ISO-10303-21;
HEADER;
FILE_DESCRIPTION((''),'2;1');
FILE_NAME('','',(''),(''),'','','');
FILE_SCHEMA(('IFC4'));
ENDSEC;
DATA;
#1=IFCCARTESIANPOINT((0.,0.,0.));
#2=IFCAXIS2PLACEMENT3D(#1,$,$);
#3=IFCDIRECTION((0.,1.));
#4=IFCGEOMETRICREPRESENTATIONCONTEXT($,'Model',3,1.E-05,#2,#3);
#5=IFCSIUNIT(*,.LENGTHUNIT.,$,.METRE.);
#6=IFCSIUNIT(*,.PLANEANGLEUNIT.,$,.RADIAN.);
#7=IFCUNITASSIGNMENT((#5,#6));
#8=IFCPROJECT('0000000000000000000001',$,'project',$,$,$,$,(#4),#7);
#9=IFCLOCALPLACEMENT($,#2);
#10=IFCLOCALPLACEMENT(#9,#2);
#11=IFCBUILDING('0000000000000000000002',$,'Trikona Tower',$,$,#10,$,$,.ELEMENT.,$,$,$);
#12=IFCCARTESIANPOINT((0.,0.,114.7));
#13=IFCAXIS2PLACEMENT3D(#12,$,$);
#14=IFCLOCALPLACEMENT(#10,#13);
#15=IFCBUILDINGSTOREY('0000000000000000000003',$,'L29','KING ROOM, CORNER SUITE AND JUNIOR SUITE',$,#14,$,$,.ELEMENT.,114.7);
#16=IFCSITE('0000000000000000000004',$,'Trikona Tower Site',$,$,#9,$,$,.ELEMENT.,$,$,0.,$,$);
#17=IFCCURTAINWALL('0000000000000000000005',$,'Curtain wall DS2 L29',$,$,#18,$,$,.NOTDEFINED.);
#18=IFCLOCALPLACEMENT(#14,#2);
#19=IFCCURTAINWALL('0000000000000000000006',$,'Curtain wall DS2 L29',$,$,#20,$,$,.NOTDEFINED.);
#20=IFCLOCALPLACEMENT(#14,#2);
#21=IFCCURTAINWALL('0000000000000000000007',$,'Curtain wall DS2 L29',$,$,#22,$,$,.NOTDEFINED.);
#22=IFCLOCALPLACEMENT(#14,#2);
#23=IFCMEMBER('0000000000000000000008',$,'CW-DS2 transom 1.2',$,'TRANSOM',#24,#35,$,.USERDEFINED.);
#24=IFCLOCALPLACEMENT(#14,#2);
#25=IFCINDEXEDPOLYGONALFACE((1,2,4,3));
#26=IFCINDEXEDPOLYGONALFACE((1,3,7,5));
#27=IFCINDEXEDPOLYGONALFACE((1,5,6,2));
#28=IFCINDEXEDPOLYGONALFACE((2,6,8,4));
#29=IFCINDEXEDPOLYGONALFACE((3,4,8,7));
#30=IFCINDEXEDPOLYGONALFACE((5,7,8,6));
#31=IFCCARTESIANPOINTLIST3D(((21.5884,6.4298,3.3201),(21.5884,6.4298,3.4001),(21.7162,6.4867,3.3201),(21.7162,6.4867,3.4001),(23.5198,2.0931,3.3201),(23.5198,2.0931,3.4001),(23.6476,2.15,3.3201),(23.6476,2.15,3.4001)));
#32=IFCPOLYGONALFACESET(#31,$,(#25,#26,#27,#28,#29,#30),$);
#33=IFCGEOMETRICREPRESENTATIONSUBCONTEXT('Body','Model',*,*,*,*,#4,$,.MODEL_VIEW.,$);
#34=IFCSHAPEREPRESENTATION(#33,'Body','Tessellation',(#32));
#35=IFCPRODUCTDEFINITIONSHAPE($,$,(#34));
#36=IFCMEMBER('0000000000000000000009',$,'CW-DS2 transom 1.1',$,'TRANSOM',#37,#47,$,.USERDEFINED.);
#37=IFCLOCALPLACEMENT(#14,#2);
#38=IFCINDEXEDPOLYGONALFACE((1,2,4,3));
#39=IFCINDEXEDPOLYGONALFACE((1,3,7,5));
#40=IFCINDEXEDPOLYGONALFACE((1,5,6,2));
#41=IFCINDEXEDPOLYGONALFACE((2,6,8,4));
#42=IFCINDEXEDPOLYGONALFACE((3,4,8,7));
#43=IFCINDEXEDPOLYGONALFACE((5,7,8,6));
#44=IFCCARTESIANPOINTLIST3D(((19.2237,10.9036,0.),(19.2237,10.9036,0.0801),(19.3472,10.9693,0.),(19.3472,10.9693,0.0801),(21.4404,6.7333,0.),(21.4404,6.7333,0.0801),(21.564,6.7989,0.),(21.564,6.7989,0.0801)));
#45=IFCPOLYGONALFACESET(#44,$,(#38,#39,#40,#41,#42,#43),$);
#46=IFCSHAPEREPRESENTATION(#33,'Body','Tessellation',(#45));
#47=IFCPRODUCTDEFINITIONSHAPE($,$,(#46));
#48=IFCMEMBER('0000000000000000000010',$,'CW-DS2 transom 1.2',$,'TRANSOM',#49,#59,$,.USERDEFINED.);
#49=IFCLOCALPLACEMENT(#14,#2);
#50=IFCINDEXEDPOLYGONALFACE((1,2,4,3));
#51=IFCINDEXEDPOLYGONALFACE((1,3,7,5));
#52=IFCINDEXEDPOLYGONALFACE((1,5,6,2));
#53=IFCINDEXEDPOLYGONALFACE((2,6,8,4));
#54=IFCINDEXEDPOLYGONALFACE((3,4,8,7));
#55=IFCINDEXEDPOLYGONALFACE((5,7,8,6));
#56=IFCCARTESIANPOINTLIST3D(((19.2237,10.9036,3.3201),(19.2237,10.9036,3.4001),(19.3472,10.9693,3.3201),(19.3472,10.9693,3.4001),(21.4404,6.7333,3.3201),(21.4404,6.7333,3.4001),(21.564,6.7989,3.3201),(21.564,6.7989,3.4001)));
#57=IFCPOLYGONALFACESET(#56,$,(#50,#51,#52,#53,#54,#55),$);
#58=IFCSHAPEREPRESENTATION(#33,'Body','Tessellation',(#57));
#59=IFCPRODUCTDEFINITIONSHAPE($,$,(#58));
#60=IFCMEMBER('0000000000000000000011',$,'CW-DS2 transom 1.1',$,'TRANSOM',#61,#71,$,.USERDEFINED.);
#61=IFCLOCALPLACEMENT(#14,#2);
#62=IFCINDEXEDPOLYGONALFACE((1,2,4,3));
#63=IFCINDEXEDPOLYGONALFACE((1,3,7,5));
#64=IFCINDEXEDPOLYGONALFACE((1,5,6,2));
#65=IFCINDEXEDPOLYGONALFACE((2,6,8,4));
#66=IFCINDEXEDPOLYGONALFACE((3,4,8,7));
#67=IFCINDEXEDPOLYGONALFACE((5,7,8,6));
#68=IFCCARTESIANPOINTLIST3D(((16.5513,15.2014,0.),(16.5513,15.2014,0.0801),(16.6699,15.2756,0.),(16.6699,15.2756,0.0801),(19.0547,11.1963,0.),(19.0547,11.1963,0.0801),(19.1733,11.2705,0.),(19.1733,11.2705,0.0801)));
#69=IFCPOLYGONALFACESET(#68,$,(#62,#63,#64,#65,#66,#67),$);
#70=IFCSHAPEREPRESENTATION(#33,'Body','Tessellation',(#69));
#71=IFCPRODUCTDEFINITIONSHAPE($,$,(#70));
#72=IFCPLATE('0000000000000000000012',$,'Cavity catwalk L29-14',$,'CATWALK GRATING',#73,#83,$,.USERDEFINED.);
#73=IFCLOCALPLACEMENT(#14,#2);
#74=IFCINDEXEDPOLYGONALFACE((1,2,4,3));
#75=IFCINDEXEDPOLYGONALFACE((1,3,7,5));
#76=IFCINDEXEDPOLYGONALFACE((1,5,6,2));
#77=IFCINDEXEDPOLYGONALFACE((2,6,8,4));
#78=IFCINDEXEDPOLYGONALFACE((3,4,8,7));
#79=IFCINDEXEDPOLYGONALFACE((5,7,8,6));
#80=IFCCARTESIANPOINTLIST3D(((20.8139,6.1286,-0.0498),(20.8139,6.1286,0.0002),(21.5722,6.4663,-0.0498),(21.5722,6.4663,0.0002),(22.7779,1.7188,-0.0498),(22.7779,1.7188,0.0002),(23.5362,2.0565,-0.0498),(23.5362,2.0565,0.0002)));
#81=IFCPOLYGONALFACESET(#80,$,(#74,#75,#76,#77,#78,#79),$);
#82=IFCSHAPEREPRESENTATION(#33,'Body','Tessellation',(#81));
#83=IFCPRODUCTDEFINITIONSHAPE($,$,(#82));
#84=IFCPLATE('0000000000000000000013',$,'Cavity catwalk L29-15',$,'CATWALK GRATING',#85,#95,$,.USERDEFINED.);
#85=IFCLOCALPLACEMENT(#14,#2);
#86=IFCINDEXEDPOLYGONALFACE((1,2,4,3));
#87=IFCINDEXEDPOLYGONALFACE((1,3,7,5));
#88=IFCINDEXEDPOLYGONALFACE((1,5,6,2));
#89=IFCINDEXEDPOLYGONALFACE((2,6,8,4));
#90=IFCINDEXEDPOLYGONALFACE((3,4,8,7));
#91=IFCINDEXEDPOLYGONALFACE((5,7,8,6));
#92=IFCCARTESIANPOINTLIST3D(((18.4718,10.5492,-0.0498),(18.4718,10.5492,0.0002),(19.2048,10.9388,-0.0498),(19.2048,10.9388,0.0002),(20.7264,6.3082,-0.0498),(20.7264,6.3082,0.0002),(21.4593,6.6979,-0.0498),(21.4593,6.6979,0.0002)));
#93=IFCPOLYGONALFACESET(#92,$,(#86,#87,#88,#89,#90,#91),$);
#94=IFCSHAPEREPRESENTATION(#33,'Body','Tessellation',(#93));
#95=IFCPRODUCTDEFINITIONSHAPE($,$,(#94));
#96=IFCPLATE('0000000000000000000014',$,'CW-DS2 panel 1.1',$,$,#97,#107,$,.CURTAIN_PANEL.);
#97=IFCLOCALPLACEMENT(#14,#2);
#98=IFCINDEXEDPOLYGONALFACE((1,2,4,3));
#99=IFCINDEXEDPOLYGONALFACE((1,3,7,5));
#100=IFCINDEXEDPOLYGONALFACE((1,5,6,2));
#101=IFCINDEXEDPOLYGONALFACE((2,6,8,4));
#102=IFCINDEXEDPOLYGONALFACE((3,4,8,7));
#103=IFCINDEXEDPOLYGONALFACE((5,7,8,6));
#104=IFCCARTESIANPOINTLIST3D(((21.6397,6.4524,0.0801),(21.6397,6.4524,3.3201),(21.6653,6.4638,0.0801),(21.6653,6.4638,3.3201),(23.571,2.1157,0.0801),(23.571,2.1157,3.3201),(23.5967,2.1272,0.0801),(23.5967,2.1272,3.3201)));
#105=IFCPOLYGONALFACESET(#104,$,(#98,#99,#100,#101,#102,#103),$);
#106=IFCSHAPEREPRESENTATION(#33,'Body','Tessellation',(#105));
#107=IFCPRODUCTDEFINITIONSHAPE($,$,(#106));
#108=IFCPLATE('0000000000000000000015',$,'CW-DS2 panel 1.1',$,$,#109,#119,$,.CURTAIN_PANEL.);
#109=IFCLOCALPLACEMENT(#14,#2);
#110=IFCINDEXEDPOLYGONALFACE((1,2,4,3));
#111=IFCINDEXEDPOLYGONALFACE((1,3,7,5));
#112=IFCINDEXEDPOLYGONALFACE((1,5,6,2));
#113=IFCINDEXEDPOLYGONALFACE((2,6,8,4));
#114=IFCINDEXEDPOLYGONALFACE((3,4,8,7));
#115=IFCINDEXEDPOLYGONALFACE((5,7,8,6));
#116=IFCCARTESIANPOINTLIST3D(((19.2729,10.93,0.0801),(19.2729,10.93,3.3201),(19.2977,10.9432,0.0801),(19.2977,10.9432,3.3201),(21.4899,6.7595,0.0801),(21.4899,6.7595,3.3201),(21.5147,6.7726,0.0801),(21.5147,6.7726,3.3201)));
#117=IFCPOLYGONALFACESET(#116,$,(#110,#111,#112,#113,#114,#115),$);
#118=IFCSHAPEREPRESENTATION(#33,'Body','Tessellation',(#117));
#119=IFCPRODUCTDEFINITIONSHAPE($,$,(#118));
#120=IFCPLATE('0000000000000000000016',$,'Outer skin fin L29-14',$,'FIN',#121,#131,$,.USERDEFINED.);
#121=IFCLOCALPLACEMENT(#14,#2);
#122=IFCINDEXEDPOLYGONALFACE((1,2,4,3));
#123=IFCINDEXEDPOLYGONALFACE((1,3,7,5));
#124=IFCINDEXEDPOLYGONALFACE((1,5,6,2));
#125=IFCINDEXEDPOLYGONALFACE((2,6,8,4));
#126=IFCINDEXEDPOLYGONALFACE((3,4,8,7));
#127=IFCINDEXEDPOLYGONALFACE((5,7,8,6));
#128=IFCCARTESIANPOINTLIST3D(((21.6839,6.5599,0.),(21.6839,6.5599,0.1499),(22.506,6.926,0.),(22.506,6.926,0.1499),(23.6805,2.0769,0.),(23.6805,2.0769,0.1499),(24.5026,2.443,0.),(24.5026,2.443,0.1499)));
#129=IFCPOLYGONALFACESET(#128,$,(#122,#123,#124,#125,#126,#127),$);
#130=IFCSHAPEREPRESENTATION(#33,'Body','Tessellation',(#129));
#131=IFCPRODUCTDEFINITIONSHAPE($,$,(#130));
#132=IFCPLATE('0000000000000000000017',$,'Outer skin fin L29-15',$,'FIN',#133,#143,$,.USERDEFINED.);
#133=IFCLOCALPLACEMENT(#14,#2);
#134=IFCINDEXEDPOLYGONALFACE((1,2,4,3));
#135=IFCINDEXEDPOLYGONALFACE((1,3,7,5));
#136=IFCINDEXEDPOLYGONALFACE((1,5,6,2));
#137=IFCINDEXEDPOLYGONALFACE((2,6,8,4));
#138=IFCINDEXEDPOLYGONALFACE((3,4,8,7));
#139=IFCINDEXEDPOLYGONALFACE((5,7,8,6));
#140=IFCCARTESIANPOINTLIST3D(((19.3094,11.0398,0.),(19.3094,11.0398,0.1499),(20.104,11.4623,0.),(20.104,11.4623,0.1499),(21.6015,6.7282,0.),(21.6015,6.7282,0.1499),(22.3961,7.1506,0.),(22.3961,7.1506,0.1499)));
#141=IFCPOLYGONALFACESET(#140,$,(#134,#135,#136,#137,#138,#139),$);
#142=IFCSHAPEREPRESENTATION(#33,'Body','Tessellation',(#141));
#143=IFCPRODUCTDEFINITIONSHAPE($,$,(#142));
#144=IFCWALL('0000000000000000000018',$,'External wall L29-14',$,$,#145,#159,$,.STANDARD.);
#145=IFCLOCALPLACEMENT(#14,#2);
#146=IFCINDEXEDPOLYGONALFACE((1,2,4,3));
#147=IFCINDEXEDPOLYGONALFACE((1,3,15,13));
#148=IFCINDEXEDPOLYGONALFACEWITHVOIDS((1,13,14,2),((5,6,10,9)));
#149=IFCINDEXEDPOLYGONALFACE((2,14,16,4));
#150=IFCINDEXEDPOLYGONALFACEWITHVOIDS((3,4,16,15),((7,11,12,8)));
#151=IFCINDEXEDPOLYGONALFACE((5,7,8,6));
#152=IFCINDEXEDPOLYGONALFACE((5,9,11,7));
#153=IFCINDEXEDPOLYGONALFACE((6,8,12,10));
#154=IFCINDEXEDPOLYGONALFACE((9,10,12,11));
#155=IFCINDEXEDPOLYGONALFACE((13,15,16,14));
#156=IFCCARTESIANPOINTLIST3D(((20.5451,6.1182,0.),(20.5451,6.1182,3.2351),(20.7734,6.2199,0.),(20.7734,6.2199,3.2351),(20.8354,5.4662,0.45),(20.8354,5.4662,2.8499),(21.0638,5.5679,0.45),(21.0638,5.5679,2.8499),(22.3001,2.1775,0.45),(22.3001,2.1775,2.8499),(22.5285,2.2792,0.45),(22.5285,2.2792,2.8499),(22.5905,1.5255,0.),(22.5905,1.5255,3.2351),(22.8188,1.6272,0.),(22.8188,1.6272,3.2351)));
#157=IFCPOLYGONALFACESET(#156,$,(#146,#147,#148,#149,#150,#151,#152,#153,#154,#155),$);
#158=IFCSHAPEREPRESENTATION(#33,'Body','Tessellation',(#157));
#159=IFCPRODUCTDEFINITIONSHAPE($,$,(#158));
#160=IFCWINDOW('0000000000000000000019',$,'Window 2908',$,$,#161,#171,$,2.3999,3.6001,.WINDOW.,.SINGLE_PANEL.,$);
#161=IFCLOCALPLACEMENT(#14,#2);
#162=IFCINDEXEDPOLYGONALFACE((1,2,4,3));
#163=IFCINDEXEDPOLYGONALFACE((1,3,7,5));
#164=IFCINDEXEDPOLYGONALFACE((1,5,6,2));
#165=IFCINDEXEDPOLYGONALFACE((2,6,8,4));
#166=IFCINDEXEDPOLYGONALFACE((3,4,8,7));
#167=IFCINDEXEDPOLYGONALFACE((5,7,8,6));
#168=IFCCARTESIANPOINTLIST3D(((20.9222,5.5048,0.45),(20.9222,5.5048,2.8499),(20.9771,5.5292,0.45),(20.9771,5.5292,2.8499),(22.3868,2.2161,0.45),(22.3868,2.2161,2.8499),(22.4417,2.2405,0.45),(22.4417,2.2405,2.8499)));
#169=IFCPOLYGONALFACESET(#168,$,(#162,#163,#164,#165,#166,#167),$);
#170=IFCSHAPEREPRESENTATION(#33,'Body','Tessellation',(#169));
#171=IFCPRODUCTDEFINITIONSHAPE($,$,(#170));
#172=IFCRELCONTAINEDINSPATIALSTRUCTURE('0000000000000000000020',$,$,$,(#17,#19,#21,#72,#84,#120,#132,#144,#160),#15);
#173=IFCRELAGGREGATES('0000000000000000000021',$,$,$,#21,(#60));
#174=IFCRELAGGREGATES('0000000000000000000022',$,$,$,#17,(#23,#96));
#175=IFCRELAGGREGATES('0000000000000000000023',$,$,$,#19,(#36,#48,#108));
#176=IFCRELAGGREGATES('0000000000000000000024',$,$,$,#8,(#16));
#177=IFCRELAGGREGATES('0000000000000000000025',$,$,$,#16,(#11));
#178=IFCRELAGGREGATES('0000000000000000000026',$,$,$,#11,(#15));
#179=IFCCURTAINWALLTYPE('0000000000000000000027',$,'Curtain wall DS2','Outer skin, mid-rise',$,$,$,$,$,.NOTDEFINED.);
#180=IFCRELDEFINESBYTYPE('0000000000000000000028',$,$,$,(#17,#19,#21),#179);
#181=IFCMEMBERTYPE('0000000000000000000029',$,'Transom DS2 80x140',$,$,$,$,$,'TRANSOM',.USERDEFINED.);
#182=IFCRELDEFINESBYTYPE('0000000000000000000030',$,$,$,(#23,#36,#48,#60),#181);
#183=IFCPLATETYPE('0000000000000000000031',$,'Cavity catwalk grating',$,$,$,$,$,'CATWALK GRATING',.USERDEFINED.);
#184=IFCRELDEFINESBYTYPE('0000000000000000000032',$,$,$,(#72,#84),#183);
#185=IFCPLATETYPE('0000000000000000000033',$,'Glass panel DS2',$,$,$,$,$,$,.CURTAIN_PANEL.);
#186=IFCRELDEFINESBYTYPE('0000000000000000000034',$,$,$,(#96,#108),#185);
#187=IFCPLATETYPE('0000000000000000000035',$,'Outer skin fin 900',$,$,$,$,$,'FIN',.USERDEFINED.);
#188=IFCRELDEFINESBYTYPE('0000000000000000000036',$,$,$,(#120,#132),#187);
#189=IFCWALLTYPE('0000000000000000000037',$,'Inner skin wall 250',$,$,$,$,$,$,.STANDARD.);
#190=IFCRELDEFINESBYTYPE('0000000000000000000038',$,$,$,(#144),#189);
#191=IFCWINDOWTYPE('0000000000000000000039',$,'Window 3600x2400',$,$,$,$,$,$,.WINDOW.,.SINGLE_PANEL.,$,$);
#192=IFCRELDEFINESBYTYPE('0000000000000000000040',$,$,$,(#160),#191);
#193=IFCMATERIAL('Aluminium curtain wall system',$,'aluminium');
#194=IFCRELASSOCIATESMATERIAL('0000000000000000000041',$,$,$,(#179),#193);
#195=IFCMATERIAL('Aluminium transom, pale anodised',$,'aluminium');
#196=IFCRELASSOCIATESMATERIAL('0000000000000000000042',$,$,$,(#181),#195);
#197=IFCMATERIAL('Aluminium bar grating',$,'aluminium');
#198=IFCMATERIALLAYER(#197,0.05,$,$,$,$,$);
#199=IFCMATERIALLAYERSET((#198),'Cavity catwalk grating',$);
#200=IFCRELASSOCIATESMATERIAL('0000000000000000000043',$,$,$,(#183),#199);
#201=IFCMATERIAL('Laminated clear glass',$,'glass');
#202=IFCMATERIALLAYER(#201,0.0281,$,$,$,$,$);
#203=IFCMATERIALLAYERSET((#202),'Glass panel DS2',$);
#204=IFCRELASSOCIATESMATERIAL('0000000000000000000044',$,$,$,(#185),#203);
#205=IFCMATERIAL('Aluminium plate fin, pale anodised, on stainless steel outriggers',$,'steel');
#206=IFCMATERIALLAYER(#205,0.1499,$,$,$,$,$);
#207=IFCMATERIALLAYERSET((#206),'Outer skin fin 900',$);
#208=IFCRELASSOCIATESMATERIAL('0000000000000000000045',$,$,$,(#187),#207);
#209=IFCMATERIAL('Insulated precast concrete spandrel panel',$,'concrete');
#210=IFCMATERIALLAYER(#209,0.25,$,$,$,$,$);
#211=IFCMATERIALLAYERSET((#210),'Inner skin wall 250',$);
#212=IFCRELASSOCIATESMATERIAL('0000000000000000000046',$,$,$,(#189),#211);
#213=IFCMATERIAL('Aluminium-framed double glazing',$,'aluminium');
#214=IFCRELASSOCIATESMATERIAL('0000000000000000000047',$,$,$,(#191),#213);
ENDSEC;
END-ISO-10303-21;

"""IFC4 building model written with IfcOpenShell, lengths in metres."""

from ifc_helpers import new_model, si_unit, direction, frame, frame_2d, origin, origin_2d, place, context, subcontext, project, spatial, rectangle, extrude, material, layer, layer_set, material_profile, profile_set, type_object, element, fill, aggregate, save


model = new_model("IFC4")

# Units and contexts
model_context = context("Model", 3, precision=1e-05, world=origin(), true_north=direction((0.0, 1.0)))
body_context = subcontext(model_context, "Body", "Model", "MODEL_VIEW")
ifc_project = project(units=[si_unit("LENGTHUNIT", "METRE"), si_unit("PLANEANGLEUNIT", "RADIAN")], contexts=[model_context])

# Site, building, storey
site_placement = place(None, origin())
site = spatial("IfcSite", under=ifc_project, at=site_placement, Name="Trikona Tower Site", CompositionType="ELEMENT", RefElevation=0.0)
building_placement = place(site_placement, origin())
building = spatial("IfcBuilding", under=site, at=building_placement, Name="Trikona Tower", CompositionType="ELEMENT")
storey_placement = place(building_placement, frame((0.0, 0.0, 114.7)))
storey = spatial("IfcBuildingStorey", under=building, at=storey_placement, Name="L29", Description="KING ROOM, CORNER SUITE AND JUNIOR SUITE", CompositionType="ELEMENT", Elevation=114.7)

# Shared definitions
ifc_material_1 = material(Name="Aluminium curtain wall system", Category="aluminium")
curtain_wall_type = type_object("IfcCurtainWallType", Name="Curtain wall DS2", Description="Outer skin, mid-rise", PredefinedType="NOTDEFINED", material=ifc_material_1)

# Curtain walls
curtain_wall_1_placement = place(storey_placement, origin())
curtain_wall_1 = element("IfcCurtainWall", 1, at=curtain_wall_1_placement, inside=storey, type_object=curtain_wall_type, Name="Curtain wall DS2 L29", PredefinedType="NOTDEFINED")
curtain_wall_2_placement = place(storey_placement, origin())
curtain_wall_2 = element("IfcCurtainWall", 2, at=curtain_wall_2_placement, inside=storey, type_object=curtain_wall_type, Name="Curtain wall DS2 L29", PredefinedType="NOTDEFINED")

# Curtain wall
curtain_wall_3_placement = place(storey_placement, origin())
curtain_wall_3 = element("IfcCurtainWall", 3, at=curtain_wall_3_placement, inside=storey, type_object=curtain_wall_type, Name="Curtain wall DS2 L29", PredefinedType="NOTDEFINED")

# Members
ifc_material_2 = material(Name="Aluminium transom, pale anodised", Category="aluminium")
ifc_material_profile_1 = material_profile(ifc_material_2, rectangle(XDim=0.1399, YDim=0.0801, at=origin_2d()), Name="TRN-DS2")
ifc_profile_set_1 = profile_set([ifc_material_profile_1], Name="Aluminium transom, pale anodised")
member_type_1 = type_object("IfcMemberType", Name="Transom DS2 80x140", ElementType="TRANSOM", PredefinedType="USERDEFINED", material=ifc_profile_set_1)
member_1_placement = place(storey_placement, frame((23.5837, 2.1216, 3.3601), z_axis=(-0.40684, 0.9135, 0.0), x_axis=(-0.9135, -0.40684, 0.0)))
member_1 = element("IfcMember", 4, at=member_1_placement, type_object=member_type_1, Name="CW-DS2 transom 1.2", ObjectType="TRANSOM", PredefinedType="USERDEFINED", context=body_context, shape_type="SweptSolid", body=[
    extrude(rectangle(XDim=0.1399, YDim=0.0801, at=origin_2d()), origin(), (0.0, 0.0, 1.0), 4.7473),
])
member_2_placement = place(storey_placement, frame((21.5022, 6.7661, 0.04), z_axis=(-0.469364, 0.883005, 0.0), x_axis=(-0.883005, -0.469364, 0.0)))
member_2 = element("IfcMember", 5, at=member_2_placement, type_object=member_type_1, Name="CW-DS2 transom 1.1", ObjectType="TRANSOM", PredefinedType="USERDEFINED", context=body_context, shape_type="SweptSolid", body=[
    extrude(rectangle(XDim=0.1399, YDim=0.0801, at=origin_2d()), origin(), (0.0, 0.0, 1.0), 4.7229),
])
member_3_placement = place(storey_placement, frame((21.5022, 6.7661, 3.3601), z_axis=(-0.469364, 0.883005, 0.0), x_axis=(-0.883005, -0.469364, 0.0)))
member_3 = element("IfcMember", 6, at=member_3_placement, type_object=member_type_1, Name="CW-DS2 transom 1.2", ObjectType="TRANSOM", PredefinedType="USERDEFINED", context=body_context, shape_type="SweptSolid", body=[
    extrude(rectangle(XDim=0.1399, YDim=0.0801, at=origin_2d()), origin(), (0.0, 0.0, 1.0), 4.7229),
])
member_4_placement = place(storey_placement, frame((19.114, 11.2334, 0.04), z_axis=(-0.530031, 0.847978, 0.0), x_axis=(-0.847978, -0.530031, 0.0)))
member_4 = element("IfcMember", 7, at=member_4_placement, type_object=member_type_1, Name="CW-DS2 transom 1.1", ObjectType="TRANSOM", PredefinedType="USERDEFINED", context=body_context, shape_type="SweptSolid", body=[
    extrude(rectangle(XDim=0.1399, YDim=0.0801, at=origin_2d()), origin(), (0.0, 0.0, 1.0), 4.7231),
])
aggregate(curtain_wall_3, [member_4])

# Plates
ifc_material_3 = material(Name="Aluminium bar grating", Category="aluminium")
ifc_layer_1 = layer(ifc_material_3, 0.05)
ifc_layer_set_1 = layer_set([ifc_layer_1], Name="Cavity catwalk grating")
plate_type_1 = type_object("IfcPlateType", Name="Cavity catwalk grating", ElementType="CATWALK GRATING", PredefinedType="USERDEFINED", material=ifc_layer_set_1)
plate_1_placement = place(storey_placement, frame((22.175, 4.0925, -0.0498), z_axis=(0.0, 0.0, 1.0), x_axis=(-0.406843, 0.913498, 0.0)))
element("IfcPlate", 8, at=plate_1_placement, inside=storey, type_object=plate_type_1, Name="Cavity catwalk L29-14", ObjectType="CATWALK GRATING", PredefinedType="USERDEFINED", context=body_context, shape_type="SweptSolid", body=[
    extrude(rectangle(XDim=4.8274, YDim=0.8301, at=origin_2d()), origin(), (0.0, 0.0, 1.0), 0.05),
])
plate_2_placement = place(storey_placement, frame((19.9656, 8.6235, -0.0498), z_axis=(0.0, 0.0, 1.0), x_axis=(-0.469398, 0.882987, 0.0)))
element("IfcPlate", 9, at=plate_2_placement, inside=storey, type_object=plate_type_1, Name="Cavity catwalk L29-15", ObjectType="CATWALK GRATING", PredefinedType="USERDEFINED", context=body_context, shape_type="SweptSolid", body=[
    extrude(rectangle(XDim=4.803, YDim=0.8301, at=origin_2d()), origin(), (0.0, 0.0, 1.0), 0.05),
])

# Plates
ifc_material_4 = material(Name="Laminated clear glass", Category="glass")
ifc_layer_2 = layer(ifc_material_4, 0.0281)
ifc_layer_set_2 = layer_set([ifc_layer_2], Name="Glass panel DS2")
plate_type_2 = type_object("IfcPlateType", Name="Glass panel DS2", PredefinedType="CURTAIN_PANEL", material=ifc_layer_set_2)
plate_3_placement = place(storey_placement, frame((22.6182, 4.2898, 0.0801), z_axis=(0.0, 0.0, 1.0), x_axis=(-0.406836, 0.913501, 0.0)))
plate_3 = element("IfcPlate", 10, at=plate_3_placement, type_object=plate_type_2, Name="CW-DS2 panel 1.1", PredefinedType="CURTAIN_PANEL", context=body_context, shape_type="SweptSolid", body=[
    extrude(rectangle(XDim=4.7473, YDim=0.0281, at=origin_2d()), origin(), (0.0, 0.0, 1.0), 3.24),
])
aggregate(curtain_wall_1, [member_1, plate_3])
plate_4_placement = place(storey_placement, frame((20.3938, 8.8513, 0.0801), z_axis=(0.0, 0.0, 1.0), x_axis=(-0.46938, 0.882996, 0.0)))
plate_4 = element("IfcPlate", 11, at=plate_4_placement, type_object=plate_type_2, Name="CW-DS2 panel 1.1", PredefinedType="CURTAIN_PANEL", context=body_context, shape_type="SweptSolid", body=[
    extrude(rectangle(XDim=4.7231, YDim=0.0281, at=origin_2d()), origin(), (0.0, 0.0, 1.0), 3.24),
])
aggregate(curtain_wall_2, [member_2, member_3, plate_4])

# Plates
ifc_material_5 = material(Name="Aluminium plate fin, pale anodised, on stainless steel outriggers", Category="steel")
ifc_layer_3 = layer(ifc_material_5, 0.1499)
ifc_layer_set_3 = layer_set([ifc_layer_3], Name="Outer skin fin 900")
plate_type_3 = type_object("IfcPlateType", Name="Outer skin fin 900", ElementType="FIN", PredefinedType="USERDEFINED", material=ifc_layer_set_3)
plate_5_placement = place(storey_placement, frame((23.0933, 4.5015, 0.0), z_axis=(0.0, 0.0, 1.0), x_axis=(-0.406843, 0.913498, 0.0)))
element("IfcPlate", 12, at=plate_5_placement, inside=storey, type_object=plate_type_3, Name="Outer skin fin L29-14", ObjectType="FIN", PredefinedType="USERDEFINED", context=body_context, shape_type="SweptSolid", body=[
    extrude(rectangle(XDim=4.9075, YDim=0.8999, at=origin_2d()), origin(), (0.0, 0.0, 1.0), 0.1499),
])
plate_6_placement = place(storey_placement, frame((20.8528, 9.0952, 0.0), z_axis=(0.0, 0.0, 1.0), x_axis=(-0.469398, 0.882987, 0.0)))
element("IfcPlate", 13, at=plate_6_placement, inside=storey, type_object=plate_type_3, Name="Outer skin fin L29-15", ObjectType="FIN", PredefinedType="USERDEFINED", context=body_context, shape_type="SweptSolid", body=[
    extrude(rectangle(XDim=4.8831, YDim=0.8999, at=origin_2d()), origin(), (0.0, 0.0, 1.0), 0.1499),
])

# Wall, opening, window
ifc_material_6 = material(Name="Insulated precast concrete spandrel panel", Category="concrete")
ifc_layer_4 = layer(ifc_material_6, 0.25)
ifc_layer_set_4 = layer_set([ifc_layer_4], Name="Inner skin wall 250")
wall_type = type_object("IfcWallType", Name="Inner skin wall 250", PredefinedType="STANDARD", material=ifc_layer_set_4)
wall_1_placement = place(storey_placement, frame((22.7046, 1.5764, 0.0), z_axis=(0.0, 0.0, 1.0), x_axis=(-0.406832, 0.913503, 0.0)))
wall_1 = element("IfcWall", 14, at=wall_1_placement, inside=storey, type_object=wall_type, Name="External wall L29-14", PredefinedType="STANDARD", context=body_context, shape_type="SweptSolid", body=[
    extrude(rectangle(XDim=5.0276, YDim=0.25, at=frame_2d((2.5137, 0.0))), origin(), (0.0, 0.0, 1.0), 3.2351),
])
opening_1_placement = place(wall_1_placement, frame((0.7136, 0.0, 0.45)))
opening_1 = element("IfcOpeningElement", 15, at=opening_1_placement, cuts=wall_1, PredefinedType="OPENING", context=body_context, shape_type="SweptSolid", body=[
    extrude(rectangle(XDim=3.6001, YDim=2.3999, at=frame_2d((1.8, 1.2))), frame((0.0, 0.135, 0.0), z_axis=(0.0, -1.0, 0.0), x_axis=(1.0, 0.0, 0.0)), (0.0, 0.0, 1.0), 0.27),
])
ifc_material_7 = material(Name="Aluminium-framed double glazing", Category="aluminium")
window_type = type_object("IfcWindowType", Name="Window 3600x2400", PartitioningType="SINGLE_PANEL", PredefinedType="WINDOW", material=ifc_material_7)
window_1_placement = place(opening_1_placement, origin())
window_1 = element("IfcWindow", 16, at=window_1_placement, inside=storey, type_object=window_type, Name="Window 2908", OverallHeight=2.3999, OverallWidth=3.6001, PartitioningType="SINGLE_PANEL", PredefinedType="WINDOW", context=body_context, shape_type="SweptSolid", body=[
    extrude(rectangle(XDim=3.6001, YDim=2.3999, at=frame_2d((1.8, 1.2))), frame((0.0, 0.03, 0.0), z_axis=(0.0, -1.0, 0.0), x_axis=(1.0, 0.0, 0.0)), (0.0, 0.0, 1.0), 0.0601),
])
fill(opening_1, window_1)

save(model, "model.ifc")
